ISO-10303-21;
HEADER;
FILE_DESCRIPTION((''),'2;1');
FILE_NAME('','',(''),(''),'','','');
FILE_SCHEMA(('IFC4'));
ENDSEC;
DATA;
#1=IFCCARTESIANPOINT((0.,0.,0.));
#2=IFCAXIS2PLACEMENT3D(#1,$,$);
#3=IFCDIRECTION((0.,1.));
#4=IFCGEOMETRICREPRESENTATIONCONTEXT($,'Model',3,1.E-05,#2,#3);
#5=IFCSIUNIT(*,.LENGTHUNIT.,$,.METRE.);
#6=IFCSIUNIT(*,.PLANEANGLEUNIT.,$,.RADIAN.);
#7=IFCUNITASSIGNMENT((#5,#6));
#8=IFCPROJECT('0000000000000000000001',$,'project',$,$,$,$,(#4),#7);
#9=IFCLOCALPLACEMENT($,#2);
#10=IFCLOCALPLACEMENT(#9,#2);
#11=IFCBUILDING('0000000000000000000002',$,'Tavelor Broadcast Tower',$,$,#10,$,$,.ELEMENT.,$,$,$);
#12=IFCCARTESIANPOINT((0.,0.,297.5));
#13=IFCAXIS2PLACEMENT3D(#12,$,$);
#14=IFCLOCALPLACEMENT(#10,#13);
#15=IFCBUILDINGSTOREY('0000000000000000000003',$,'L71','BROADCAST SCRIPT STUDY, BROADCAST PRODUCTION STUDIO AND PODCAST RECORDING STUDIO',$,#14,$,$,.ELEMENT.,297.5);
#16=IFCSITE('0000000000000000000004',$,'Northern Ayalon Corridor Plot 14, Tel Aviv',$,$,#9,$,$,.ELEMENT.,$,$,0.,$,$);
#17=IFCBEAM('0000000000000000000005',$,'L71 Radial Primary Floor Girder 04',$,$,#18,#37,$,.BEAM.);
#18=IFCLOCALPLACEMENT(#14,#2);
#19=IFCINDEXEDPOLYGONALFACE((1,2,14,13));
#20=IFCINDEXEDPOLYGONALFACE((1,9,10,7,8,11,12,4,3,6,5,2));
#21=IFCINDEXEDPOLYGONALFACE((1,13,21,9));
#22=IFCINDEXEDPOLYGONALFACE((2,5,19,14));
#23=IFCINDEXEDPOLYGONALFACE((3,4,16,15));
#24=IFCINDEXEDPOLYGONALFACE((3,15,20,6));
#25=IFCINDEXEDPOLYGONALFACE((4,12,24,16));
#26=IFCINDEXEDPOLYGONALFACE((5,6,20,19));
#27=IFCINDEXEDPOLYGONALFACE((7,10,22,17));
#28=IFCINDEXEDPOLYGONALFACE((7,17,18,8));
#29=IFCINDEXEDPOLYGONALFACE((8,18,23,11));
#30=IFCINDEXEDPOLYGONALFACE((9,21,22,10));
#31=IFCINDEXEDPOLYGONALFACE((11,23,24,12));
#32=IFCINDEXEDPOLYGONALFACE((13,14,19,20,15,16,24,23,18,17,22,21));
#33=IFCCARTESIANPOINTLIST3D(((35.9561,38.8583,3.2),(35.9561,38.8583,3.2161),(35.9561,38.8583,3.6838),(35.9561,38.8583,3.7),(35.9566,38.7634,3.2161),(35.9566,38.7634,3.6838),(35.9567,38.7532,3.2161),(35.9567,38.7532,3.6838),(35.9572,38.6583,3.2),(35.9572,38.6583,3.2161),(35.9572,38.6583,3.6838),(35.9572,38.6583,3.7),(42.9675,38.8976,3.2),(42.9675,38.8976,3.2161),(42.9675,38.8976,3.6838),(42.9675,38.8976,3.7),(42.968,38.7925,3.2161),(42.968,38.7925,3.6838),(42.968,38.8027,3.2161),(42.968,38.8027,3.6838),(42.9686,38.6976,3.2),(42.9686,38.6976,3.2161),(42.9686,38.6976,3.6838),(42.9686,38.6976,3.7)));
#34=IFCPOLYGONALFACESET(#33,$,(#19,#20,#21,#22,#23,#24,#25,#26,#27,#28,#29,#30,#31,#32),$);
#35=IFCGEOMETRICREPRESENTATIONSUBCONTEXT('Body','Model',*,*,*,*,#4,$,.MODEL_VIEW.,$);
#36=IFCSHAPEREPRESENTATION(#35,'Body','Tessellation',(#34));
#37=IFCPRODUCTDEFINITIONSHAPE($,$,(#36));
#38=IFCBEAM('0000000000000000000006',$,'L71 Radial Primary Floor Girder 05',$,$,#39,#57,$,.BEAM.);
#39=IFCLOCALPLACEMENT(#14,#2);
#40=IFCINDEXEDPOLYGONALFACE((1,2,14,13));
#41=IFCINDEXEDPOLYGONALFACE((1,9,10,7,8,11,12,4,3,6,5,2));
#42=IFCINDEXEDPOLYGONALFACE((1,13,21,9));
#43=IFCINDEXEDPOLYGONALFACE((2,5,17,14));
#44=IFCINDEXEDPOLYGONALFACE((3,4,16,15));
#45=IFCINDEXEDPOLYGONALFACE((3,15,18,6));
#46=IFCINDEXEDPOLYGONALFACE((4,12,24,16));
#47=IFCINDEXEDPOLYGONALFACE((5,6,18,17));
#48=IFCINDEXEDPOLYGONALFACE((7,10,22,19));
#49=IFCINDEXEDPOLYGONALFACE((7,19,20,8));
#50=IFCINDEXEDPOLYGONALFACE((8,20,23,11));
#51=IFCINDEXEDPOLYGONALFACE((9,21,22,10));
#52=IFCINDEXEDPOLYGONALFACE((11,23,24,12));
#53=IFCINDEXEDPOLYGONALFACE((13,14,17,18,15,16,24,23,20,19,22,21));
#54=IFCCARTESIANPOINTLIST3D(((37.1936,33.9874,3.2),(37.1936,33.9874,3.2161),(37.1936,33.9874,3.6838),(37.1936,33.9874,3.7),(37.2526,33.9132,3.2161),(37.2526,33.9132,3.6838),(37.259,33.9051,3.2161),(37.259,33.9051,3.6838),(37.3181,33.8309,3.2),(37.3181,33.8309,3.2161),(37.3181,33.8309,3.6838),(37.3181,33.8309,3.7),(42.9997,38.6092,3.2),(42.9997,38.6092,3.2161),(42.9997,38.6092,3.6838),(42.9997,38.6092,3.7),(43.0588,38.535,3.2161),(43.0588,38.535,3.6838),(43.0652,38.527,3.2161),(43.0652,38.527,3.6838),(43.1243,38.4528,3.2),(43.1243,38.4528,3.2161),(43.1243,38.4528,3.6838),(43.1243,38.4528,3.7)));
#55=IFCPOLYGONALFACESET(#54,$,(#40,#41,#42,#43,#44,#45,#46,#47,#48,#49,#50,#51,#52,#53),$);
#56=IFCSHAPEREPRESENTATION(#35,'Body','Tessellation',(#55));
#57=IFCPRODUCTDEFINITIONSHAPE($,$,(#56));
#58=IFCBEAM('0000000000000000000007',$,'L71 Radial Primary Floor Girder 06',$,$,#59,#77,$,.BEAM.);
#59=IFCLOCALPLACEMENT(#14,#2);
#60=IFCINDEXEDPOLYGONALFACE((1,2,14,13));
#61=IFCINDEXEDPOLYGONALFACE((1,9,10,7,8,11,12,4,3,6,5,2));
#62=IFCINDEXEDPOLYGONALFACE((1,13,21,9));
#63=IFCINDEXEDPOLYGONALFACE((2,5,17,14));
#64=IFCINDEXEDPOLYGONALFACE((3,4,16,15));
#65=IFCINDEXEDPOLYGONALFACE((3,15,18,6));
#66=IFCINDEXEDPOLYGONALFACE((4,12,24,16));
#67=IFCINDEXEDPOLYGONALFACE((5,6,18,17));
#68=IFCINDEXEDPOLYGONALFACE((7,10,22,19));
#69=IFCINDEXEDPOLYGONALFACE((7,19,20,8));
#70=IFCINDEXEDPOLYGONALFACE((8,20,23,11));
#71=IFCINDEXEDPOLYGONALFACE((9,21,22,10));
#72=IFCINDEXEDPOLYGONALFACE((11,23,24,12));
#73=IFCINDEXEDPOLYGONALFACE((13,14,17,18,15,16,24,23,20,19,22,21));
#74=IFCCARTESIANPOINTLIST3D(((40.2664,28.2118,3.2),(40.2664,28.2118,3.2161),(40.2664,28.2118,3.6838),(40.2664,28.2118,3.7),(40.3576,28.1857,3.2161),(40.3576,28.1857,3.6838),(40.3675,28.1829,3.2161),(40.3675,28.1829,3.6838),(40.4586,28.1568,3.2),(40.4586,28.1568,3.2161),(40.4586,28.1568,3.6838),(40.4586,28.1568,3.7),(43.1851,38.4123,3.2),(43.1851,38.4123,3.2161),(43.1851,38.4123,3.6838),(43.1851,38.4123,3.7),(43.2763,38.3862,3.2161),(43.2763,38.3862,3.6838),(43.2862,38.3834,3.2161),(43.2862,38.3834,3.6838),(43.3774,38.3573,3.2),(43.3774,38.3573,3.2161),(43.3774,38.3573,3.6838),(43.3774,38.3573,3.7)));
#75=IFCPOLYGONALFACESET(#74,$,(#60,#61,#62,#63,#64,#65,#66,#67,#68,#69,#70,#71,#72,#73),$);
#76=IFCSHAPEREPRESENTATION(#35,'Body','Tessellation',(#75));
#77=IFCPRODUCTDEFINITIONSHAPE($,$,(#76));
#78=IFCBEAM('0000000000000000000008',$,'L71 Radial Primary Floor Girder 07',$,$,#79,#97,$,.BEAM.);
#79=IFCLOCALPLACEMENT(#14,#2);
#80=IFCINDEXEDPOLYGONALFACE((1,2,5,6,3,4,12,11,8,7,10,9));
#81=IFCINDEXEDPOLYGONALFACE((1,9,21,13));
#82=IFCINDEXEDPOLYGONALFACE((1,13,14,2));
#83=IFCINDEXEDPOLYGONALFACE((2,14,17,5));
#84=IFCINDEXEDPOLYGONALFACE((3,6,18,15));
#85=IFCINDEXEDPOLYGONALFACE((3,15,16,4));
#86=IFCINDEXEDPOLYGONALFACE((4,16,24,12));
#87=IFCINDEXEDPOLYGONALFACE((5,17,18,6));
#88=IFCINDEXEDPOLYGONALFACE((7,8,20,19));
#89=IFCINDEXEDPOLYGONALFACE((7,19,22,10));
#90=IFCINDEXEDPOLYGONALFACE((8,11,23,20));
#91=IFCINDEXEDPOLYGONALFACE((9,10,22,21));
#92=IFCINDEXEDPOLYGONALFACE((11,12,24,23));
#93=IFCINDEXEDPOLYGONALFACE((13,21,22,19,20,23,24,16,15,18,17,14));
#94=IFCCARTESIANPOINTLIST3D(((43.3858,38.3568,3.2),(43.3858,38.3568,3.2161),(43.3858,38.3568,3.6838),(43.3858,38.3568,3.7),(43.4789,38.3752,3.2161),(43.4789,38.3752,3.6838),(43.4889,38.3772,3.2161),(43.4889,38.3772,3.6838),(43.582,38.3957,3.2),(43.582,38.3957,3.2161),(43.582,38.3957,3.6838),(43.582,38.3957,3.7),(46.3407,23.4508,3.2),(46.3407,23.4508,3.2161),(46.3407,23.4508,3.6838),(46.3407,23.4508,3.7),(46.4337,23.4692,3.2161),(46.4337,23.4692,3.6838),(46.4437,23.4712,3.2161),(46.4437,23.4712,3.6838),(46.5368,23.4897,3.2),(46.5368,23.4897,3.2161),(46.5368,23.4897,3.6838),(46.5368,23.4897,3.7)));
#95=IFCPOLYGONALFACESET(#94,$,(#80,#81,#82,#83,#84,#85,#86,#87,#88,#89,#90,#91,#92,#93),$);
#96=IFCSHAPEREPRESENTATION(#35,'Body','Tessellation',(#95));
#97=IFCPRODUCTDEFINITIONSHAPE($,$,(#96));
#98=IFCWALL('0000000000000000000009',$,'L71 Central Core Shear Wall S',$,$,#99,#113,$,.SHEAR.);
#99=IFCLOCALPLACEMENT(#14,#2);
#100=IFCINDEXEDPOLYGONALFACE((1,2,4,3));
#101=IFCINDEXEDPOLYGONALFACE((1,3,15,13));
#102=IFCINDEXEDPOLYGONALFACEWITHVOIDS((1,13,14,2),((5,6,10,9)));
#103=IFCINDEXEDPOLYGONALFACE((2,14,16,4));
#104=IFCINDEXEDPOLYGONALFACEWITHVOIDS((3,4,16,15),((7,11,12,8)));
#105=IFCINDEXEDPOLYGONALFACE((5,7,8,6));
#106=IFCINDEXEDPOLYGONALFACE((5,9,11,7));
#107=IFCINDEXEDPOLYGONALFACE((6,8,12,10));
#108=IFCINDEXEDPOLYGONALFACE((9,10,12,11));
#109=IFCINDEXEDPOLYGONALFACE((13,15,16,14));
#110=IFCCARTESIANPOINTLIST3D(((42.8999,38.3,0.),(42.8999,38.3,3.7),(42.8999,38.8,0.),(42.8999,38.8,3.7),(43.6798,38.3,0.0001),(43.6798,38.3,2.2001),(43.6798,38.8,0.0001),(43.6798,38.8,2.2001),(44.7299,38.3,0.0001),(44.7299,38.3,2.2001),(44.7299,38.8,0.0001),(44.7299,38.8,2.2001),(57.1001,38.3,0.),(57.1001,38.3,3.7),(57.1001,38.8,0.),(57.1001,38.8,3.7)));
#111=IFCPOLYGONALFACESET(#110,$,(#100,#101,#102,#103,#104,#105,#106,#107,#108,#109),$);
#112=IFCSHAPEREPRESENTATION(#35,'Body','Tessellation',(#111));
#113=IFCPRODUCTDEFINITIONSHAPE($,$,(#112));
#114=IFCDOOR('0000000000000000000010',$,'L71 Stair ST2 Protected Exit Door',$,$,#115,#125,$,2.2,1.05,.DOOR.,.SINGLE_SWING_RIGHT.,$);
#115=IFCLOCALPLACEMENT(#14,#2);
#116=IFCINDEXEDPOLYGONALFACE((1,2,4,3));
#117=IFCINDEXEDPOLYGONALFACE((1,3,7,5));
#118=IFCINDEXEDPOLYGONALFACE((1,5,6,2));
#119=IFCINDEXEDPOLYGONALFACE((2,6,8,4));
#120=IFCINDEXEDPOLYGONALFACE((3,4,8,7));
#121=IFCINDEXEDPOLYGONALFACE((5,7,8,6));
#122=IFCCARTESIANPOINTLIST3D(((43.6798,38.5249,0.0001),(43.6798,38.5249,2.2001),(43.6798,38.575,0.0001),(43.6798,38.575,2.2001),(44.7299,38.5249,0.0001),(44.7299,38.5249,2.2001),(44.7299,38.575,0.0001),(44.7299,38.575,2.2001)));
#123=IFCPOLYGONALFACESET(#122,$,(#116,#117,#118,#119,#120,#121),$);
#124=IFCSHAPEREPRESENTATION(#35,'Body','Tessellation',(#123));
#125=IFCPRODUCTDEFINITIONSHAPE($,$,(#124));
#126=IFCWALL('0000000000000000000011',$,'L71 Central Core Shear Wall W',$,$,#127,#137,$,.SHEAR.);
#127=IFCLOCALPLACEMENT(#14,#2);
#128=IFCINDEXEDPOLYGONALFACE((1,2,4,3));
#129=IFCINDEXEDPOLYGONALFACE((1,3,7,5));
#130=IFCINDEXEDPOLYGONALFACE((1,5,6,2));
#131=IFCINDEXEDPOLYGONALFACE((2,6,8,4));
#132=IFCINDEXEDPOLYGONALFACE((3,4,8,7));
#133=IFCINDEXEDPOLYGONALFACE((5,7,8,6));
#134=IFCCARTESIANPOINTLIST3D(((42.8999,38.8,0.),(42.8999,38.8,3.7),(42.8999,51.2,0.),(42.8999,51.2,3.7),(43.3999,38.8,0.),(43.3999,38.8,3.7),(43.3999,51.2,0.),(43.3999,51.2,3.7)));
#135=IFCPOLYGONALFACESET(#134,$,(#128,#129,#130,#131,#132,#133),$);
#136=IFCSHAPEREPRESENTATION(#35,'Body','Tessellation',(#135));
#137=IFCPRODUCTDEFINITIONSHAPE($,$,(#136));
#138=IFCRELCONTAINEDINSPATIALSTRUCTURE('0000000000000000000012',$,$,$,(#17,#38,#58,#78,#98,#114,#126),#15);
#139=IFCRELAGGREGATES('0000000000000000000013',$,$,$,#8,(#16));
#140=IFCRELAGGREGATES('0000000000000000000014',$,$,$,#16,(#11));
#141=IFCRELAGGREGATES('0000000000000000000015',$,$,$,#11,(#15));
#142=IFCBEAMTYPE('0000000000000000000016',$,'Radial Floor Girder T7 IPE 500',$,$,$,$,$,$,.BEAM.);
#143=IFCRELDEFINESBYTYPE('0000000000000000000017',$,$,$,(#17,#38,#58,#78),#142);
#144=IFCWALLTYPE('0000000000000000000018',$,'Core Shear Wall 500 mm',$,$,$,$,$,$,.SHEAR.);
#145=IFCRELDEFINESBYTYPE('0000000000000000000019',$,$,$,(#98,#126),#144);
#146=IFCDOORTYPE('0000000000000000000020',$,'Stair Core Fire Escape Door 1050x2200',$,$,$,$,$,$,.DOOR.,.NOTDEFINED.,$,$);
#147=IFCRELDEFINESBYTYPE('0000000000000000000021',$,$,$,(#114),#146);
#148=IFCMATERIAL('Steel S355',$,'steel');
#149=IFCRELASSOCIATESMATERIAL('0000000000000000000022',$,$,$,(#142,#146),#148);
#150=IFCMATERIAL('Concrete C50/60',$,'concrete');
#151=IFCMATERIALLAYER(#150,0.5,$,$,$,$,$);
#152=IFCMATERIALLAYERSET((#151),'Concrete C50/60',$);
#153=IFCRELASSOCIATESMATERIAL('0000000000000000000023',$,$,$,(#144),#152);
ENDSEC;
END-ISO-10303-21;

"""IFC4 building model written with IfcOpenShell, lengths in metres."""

from ifc_helpers import new_model, si_unit, direction, frame, frame_2d, origin, origin_2d, place, context, subcontext, project, spatial, rectangle, i_section, extrude, material, layer, layer_set, material_profile, profile_set, type_object, element, fill, save


model = new_model("IFC4")

# Units and contexts
model_context = context("Model", 3, precision=1e-05, world=origin(), true_north=direction((0.0, 1.0)))
body_context = subcontext(model_context, "Body", "Model", "MODEL_VIEW")
ifc_project = project(units=[si_unit("LENGTHUNIT", "METRE"), si_unit("PLANEANGLEUNIT", "RADIAN")], contexts=[model_context])

# Site, building, storey
site_placement = place(None, origin())
site = spatial("IfcSite", under=ifc_project, at=site_placement, Name="Northern Ayalon Corridor Plot 14, Tel Aviv", CompositionType="ELEMENT", RefElevation=0.0)
building_placement = place(site_placement, origin())
building = spatial("IfcBuilding", under=site, at=building_placement, Name="Tavelor Broadcast Tower", CompositionType="ELEMENT")
storey_placement = place(building_placement, frame((0.0, 0.0, 297.5)))
storey = spatial("IfcBuildingStorey", under=building, at=storey_placement, Name="L71", Description="BROADCAST SCRIPT STUDY, BROADCAST PRODUCTION STUDIO AND PODCAST RECORDING STUDIO", CompositionType="ELEMENT", Elevation=297.5)

# Shared definitions
ifc_material_1 = material(Name="Concrete C50/60", Category="concrete")

# Beams
ifc_material_2 = material(Name="Steel S355", Category="steel")
ifc_material_profile_1 = material_profile(ifc_material_2, i_section(OverallWidth=0.2, OverallDepth=0.5, WebThickness=0.0103, FlangeThickness=0.0161, at=origin_2d()), Name="IPE 500")
ifc_profile_set_1 = profile_set([ifc_material_profile_1], Name="Steel S355")
beam_type_1 = type_object("IfcBeamType", Name="Radial Floor Girder T7 IPE 500", PredefinedType="BEAM", material=ifc_profile_set_1)
beam_1_placement = place(storey_placement, frame((42.968, 38.7976, 3.45), z_axis=(-0.999984, -0.005606, 0.0), x_axis=(0.005606, -0.999984, 0.0)))
element("IfcBeam", 1, at=beam_1_placement, inside=storey, type_object=beam_type_1, Name="L71 Radial Primary Floor Girder 04", PredefinedType="BEAM", context=body_context, shape_type="SweptSolid", body=[
    extrude(i_section(OverallWidth=0.2, OverallDepth=0.5, WebThickness=0.0103, FlangeThickness=0.0161, at=origin_2d()), origin(), (0.0, 0.0, 1.0), 7.0115),
])
beam_2_placement = place(storey_placement, frame((43.062, 38.531, 3.45), z_axis=(-0.782385, -0.622796, 0.0), x_axis=(0.622796, -0.782385, 0.0)))
element("IfcBeam", 2, at=beam_2_placement, inside=storey, type_object=beam_type_1, Name="L71 Radial Primary Floor Girder 05", PredefinedType="BEAM", context=body_context, shape_type="SweptSolid", body=[
    extrude(i_section(OverallWidth=0.2, OverallDepth=0.5, WebThickness=0.0103, FlangeThickness=0.0161, at=origin_2d()), origin(), (0.0, 0.0, 1.0), 7.4211),
])
beam_3_placement = place(storey_placement, frame((43.2812, 38.3848, 3.45), z_axis=(-0.275095, -0.961417, 0.0), x_axis=(0.961417, -0.275095, 0.0)))
element("IfcBeam", 3, at=beam_3_placement, inside=storey, type_object=beam_type_1, Name="L71 Radial Primary Floor Girder 06", PredefinedType="BEAM", context=body_context, shape_type="SweptSolid", body=[
    extrude(i_section(OverallWidth=0.2, OverallDepth=0.5, WebThickness=0.0103, FlangeThickness=0.0161, at=origin_2d()), origin(), (0.0, 0.0, 1.0), 10.6099),
])
beam_4_placement = place(storey_placement, frame((43.4839, 38.3762, 3.45), z_axis=(0.194447, -0.980913, 0.0), x_axis=(0.980913, 0.194447, 0.0)))
element("IfcBeam", 4, at=beam_4_placement, inside=storey, type_object=beam_type_1, Name="L71 Radial Primary Floor Girder 07", PredefinedType="BEAM", context=body_context, shape_type="SweptSolid", body=[
    extrude(i_section(OverallWidth=0.2, OverallDepth=0.5, WebThickness=0.0103, FlangeThickness=0.0161, at=origin_2d()), origin(), (0.0, 0.0, 1.0), 15.196),
])

# Wall, opening, door
ifc_layer_1 = layer(ifc_material_1, 0.5)
ifc_layer_set_1 = layer_set([ifc_layer_1], Name="Concrete C50/60")
wall_type_1 = type_object("IfcWallType", Name="Core Shear Wall 500 mm", PredefinedType="SHEAR", material=ifc_layer_set_1)
wall_1_placement = place(storey_placement, frame((42.8999, 38.55, 0.0), z_axis=(0.0, 0.0, 1.0), x_axis=(1.0, 0.0, 0.0)))
wall_1 = element("IfcWall", 5, at=wall_1_placement, inside=storey, type_object=wall_type_1, Name="L71 Central Core Shear Wall S", PredefinedType="SHEAR", context=body_context, shape_type="SweptSolid", body=[
    extrude(rectangle(XDim=14.2002, YDim=0.5, at=frame_2d((7.1001, 0.0))), origin(), (0.0, 0.0, 1.0), 3.7),
])
opening_1_placement = place(wall_1_placement, frame((0.78, 0.0, 0.0)))
opening_1 = element("IfcOpeningElement", 6, at=opening_1_placement, cuts=wall_1, PredefinedType="OPENING", context=body_context, shape_type="SweptSolid", body=[
    extrude(rectangle(XDim=1.05, YDim=2.2, at=frame_2d((0.5249, 1.1001))), frame((0.0, 0.26, 0.0), z_axis=(0.0, -1.0, 0.0), x_axis=(1.0, 0.0, 0.0)), (0.0, 0.0, 1.0), 0.52),
])
door_type_1 = type_object("IfcDoorType", Name="Stair Core Fire Escape Door 1050x2200", OperationType="NOTDEFINED", PredefinedType="DOOR", material=ifc_material_2)
door_1_placement = place(opening_1_placement, origin())
door_1 = element("IfcDoor", 7, at=door_1_placement, inside=storey, type_object=door_type_1, Name="L71 Stair ST2 Protected Exit Door", OperationType="SINGLE_SWING_RIGHT", OverallHeight=2.2, OverallWidth=1.05, PredefinedType="DOOR", context=body_context, shape_type="SweptSolid", body=[
    extrude(rectangle(XDim=1.05, YDim=2.2, at=frame_2d((0.5249, 1.1001))), frame((0.0, 0.0249, 0.0), z_axis=(0.0, -1.0, 0.0), x_axis=(1.0, 0.0, 0.0)), (0.0, 0.0, 1.0), 0.05),
])
fill(opening_1, door_1)

# Wall
wall_2_placement = place(storey_placement, frame((43.1499, 38.8, 0.0), z_axis=(0.0, 0.0, 1.0), x_axis=(0.0, 1.0, 0.0)))
element("IfcWall", 8, at=wall_2_placement, inside=storey, type_object=wall_type_1, Name="L71 Central Core Shear Wall W", PredefinedType="SHEAR", context=body_context, shape_type="SweptSolid", body=[
    extrude(rectangle(XDim=12.3999, YDim=0.5, at=frame_2d((6.2, 0.0))), origin(), (0.0, 0.0, 1.0), 3.7),
])

save(model, "model.ifc")
